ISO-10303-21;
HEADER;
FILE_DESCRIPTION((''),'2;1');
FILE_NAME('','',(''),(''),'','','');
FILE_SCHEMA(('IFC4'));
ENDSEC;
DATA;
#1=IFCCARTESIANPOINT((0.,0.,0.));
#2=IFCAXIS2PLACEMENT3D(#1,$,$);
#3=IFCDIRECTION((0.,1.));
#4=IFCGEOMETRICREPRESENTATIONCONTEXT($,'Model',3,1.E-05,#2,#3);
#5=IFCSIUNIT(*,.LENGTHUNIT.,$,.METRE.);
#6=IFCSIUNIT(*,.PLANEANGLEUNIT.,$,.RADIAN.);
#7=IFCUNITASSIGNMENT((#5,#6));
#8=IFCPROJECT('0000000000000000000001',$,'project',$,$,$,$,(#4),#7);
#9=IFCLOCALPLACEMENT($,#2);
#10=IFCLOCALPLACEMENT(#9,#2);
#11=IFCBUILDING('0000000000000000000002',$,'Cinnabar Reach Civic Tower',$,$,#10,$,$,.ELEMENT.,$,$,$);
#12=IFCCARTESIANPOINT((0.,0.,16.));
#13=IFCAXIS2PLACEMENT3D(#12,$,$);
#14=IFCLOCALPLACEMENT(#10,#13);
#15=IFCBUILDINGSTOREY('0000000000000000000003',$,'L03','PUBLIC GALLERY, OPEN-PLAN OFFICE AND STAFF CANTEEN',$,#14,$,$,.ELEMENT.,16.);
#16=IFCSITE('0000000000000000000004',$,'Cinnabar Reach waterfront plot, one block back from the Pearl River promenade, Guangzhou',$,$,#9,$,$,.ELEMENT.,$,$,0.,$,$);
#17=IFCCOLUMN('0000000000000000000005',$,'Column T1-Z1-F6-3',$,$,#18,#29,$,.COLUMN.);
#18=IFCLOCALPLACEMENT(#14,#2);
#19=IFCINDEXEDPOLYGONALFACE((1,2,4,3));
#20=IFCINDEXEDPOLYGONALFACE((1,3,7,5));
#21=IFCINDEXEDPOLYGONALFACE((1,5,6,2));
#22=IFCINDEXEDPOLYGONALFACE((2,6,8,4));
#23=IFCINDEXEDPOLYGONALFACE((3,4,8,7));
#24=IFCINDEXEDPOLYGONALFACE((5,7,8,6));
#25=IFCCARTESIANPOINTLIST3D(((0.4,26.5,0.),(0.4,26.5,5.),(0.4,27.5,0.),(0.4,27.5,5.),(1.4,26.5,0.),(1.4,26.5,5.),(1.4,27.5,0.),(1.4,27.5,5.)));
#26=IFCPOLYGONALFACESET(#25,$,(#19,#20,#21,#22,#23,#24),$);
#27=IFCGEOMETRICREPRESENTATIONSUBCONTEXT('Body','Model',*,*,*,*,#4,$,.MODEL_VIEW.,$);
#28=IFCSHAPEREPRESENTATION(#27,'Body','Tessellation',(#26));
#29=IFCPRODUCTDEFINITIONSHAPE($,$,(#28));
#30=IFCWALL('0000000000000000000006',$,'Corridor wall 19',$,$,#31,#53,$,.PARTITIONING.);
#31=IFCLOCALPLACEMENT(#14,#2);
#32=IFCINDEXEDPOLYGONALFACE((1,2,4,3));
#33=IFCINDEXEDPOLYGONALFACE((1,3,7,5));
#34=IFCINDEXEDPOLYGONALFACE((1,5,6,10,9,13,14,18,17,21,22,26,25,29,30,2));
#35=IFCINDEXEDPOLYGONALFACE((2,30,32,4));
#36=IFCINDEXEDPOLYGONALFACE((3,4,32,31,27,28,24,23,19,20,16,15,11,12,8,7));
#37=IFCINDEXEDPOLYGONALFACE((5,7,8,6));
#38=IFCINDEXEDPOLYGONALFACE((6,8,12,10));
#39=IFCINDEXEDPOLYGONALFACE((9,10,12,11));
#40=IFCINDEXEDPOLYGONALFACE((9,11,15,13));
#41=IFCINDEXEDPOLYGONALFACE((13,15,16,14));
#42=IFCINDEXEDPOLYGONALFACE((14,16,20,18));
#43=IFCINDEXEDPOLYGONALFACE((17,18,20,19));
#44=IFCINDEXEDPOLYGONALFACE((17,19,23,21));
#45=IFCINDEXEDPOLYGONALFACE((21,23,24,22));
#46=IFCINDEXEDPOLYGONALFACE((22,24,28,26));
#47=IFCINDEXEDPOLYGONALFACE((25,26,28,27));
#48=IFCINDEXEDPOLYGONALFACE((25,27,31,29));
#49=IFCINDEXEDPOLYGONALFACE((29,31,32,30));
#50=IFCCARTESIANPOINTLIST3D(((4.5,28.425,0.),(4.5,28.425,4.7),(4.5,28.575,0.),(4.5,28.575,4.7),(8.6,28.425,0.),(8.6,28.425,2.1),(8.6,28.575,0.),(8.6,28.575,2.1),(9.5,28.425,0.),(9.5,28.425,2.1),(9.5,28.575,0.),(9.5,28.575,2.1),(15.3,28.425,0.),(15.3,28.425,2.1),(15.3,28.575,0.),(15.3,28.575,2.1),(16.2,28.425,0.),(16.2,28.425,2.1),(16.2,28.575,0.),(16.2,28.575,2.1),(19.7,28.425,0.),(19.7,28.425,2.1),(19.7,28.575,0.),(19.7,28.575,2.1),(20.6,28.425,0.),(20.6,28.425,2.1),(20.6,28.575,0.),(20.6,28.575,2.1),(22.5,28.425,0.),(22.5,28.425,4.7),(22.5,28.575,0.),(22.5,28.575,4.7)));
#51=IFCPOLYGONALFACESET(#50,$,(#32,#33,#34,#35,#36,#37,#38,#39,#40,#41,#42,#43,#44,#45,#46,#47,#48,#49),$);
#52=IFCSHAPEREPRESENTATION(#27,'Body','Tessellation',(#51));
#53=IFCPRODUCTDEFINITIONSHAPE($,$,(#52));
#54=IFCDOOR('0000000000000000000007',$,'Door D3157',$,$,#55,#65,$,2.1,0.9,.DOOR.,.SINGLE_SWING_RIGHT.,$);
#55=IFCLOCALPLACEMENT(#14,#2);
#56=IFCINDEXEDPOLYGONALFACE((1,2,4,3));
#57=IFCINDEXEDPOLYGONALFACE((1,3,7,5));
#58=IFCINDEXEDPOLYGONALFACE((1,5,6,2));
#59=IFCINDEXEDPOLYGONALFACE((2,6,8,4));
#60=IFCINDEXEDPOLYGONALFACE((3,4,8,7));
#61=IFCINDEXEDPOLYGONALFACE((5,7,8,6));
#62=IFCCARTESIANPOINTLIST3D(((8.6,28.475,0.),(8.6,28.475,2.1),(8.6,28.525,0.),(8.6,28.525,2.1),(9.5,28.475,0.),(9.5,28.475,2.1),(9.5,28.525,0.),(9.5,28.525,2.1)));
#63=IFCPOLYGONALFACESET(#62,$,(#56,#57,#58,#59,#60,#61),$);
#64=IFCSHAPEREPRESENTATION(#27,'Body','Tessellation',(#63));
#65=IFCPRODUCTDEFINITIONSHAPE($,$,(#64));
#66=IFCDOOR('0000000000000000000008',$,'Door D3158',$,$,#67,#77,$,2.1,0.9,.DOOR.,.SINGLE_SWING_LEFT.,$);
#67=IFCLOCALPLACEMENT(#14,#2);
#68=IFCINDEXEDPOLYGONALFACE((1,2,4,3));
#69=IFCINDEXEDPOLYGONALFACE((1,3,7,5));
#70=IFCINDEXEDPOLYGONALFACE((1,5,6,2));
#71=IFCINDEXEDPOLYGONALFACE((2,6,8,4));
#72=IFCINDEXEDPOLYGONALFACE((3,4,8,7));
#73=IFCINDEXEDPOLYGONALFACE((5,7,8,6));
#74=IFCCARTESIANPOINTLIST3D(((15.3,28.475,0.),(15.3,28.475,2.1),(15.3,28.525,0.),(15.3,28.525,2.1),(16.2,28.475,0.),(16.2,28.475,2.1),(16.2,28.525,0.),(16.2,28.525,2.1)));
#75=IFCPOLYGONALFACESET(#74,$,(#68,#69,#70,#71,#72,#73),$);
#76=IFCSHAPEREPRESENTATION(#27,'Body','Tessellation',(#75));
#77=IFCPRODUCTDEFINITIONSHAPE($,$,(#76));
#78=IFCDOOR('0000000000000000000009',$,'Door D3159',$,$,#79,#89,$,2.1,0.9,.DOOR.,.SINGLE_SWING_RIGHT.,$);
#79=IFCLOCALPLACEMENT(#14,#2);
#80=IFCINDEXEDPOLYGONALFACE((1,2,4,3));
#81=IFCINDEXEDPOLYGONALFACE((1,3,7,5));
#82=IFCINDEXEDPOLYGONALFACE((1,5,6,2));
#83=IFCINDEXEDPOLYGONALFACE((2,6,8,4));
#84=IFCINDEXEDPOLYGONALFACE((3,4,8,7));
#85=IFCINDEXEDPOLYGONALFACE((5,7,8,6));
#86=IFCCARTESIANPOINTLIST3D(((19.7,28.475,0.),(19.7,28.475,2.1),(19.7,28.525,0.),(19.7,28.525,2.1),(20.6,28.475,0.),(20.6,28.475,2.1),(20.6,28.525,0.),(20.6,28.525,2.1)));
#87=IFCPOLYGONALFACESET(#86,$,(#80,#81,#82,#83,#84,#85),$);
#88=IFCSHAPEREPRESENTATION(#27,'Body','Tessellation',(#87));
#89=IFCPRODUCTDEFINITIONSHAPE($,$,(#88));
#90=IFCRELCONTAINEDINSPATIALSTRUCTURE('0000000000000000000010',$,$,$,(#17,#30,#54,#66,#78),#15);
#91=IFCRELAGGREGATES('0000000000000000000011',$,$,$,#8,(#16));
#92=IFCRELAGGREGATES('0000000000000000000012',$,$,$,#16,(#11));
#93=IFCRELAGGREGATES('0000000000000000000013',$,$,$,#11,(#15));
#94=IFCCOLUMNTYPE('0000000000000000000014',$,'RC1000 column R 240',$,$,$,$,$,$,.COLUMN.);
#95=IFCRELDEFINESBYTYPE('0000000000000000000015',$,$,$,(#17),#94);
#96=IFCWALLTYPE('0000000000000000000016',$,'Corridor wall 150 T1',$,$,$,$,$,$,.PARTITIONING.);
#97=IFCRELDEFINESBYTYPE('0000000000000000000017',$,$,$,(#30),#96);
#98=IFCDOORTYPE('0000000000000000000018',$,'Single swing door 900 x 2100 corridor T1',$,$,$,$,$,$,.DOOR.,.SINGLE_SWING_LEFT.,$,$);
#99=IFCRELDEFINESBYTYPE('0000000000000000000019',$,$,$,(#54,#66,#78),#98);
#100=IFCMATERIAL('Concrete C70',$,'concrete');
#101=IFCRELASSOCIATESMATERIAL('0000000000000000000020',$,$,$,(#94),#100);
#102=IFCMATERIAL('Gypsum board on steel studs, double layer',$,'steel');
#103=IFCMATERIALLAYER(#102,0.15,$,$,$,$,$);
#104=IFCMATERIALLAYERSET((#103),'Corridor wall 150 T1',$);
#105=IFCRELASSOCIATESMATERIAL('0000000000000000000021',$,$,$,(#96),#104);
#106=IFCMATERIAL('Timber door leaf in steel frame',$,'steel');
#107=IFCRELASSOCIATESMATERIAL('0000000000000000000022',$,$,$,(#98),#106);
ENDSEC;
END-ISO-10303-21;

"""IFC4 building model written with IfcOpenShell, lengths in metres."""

from ifc_helpers import new_model, si_unit, direction, frame, frame_2d, origin, origin_2d, place, context, subcontext, project, spatial, rectangle, extrude, material, layer, layer_set, material_profile, profile_set, type_object, element, fill, save


model = new_model("IFC4")

# Units and contexts
model_context = context("Model", 3, precision=1e-05, world=origin(), true_north=direction((0.0, 1.0)))
body_context = subcontext(model_context, "Body", "Model", "MODEL_VIEW")
ifc_project = project(units=[si_unit("LENGTHUNIT", "METRE"), si_unit("PLANEANGLEUNIT", "RADIAN")], contexts=[model_context])

# Site, building, storey
site_placement = place(None, origin())
site = spatial("IfcSite", under=ifc_project, at=site_placement, Name="Cinnabar Reach waterfront plot, one block back from the Pearl River promenade, Guangzhou", CompositionType="ELEMENT", RefElevation=0.0)
building_placement = place(site_placement, origin())
building = spatial("IfcBuilding", under=site, at=building_placement, Name="Cinnabar Reach Civic Tower", CompositionType="ELEMENT")
storey_placement = place(building_placement, frame((0.0, 0.0, 16.0)))
storey = spatial("IfcBuildingStorey", under=building, at=storey_placement, Name="L03", Description="PUBLIC GALLERY, OPEN-PLAN OFFICE AND STAFF CANTEEN", CompositionType="ELEMENT", Elevation=16.0)

# Column
ifc_material_1 = material(Name="Concrete C70", Category="concrete")
ifc_material_profile = material_profile(ifc_material_1, rectangle(XDim=1.0, YDim=1.0, at=origin_2d()), Name="RC1000")
ifc_profile_set = profile_set([ifc_material_profile], Name="Concrete C70")
column_type = type_object("IfcColumnType", Name="RC1000 column R 240", PredefinedType="COLUMN", material=ifc_profile_set)
column_placement = place(storey_placement, frame((0.9, 27.0, 0.0), z_axis=(0.0, 0.0, 1.0), x_axis=(1.0, 0.0, 0.0)))
element("IfcColumn", 1, at=column_placement, inside=storey, type_object=column_type, Name="Column T1-Z1-F6-3", PredefinedType="COLUMN", context=body_context, shape_type="SweptSolid", body=[
    extrude(rectangle(XDim=1.0, YDim=1.0, at=origin_2d()), origin(), (0.0, 0.0, 1.0), 5.0),
])

# Wall, openings, doors
ifc_material_2 = material(Name="Gypsum board on steel studs, double layer", Category="steel")
ifc_layer_1 = layer(ifc_material_2, 0.15)
ifc_layer_set_1 = layer_set([ifc_layer_1], Name="Corridor wall 150 T1")
wall_type_1 = type_object("IfcWallType", Name="Corridor wall 150 T1", PredefinedType="PARTITIONING", material=ifc_layer_set_1)
wall_1_placement = place(storey_placement, frame((4.5, 28.5, 0.0), z_axis=(0.0, 0.0, 1.0), x_axis=(1.0, 0.0, 0.0)))
wall_1 = element("IfcWall", 2, at=wall_1_placement, inside=storey, type_object=wall_type_1, Name="Corridor wall 19", PredefinedType="PARTITIONING", context=body_context, shape_type="SweptSolid", body=[
    extrude(rectangle(XDim=18.0, YDim=0.15, at=frame_2d((9.0, 0.0))), origin(), (0.0, 0.0, 1.0), 4.7),
])
opening_1_placement = place(wall_1_placement, frame((4.1, 0.0, 0.0)))
opening_1 = element("IfcOpeningElement", 3, at=opening_1_placement, cuts=wall_1, PredefinedType="OPENING", context=body_context, shape_type="SweptSolid", body=[
    extrude(rectangle(XDim=0.9, YDim=2.1, at=frame_2d((0.45, 1.05))), frame((0.0, 0.085, 0.0), z_axis=(0.0, -1.0, 0.0), x_axis=(1.0, 0.0, 0.0)), (0.0, 0.0, 1.0), 0.17),
])
opening_2_placement = place(wall_1_placement, frame((10.8, 0.0, 0.0)))
opening_2 = element("IfcOpeningElement", 4, at=opening_2_placement, cuts=wall_1, PredefinedType="OPENING", context=body_context, shape_type="SweptSolid", body=[
    extrude(rectangle(XDim=0.9, YDim=2.1, at=frame_2d((0.45, 1.05))), frame((0.0, 0.085, 0.0), z_axis=(0.0, -1.0, 0.0), x_axis=(1.0, 0.0, 0.0)), (0.0, 0.0, 1.0), 0.17),
])
opening_3_placement = place(wall_1_placement, frame((15.2, 0.0, 0.0)))
opening_3 = element("IfcOpeningElement", 5, at=opening_3_placement, cuts=wall_1, PredefinedType="OPENING", context=body_context, shape_type="SweptSolid", body=[
    extrude(rectangle(XDim=0.9, YDim=2.1, at=frame_2d((0.45, 1.05))), frame((0.0, 0.085, 0.0), z_axis=(0.0, -1.0, 0.0), x_axis=(1.0, 0.0, 0.0)), (0.0, 0.0, 1.0), 0.17),
])
ifc_material_3 = material(Name="Timber door leaf in steel frame", Category="steel")
door_type_1 = type_object("IfcDoorType", Name="Single swing door 900 x 2100 corridor T1", OperationType="SINGLE_SWING_LEFT", PredefinedType="DOOR", material=ifc_material_3)
door_1_placement = place(opening_1_placement, origin())
door_1 = element("IfcDoor", 6, at=door_1_placement, inside=storey, type_object=door_type_1, Name="Door D3157", OperationType="SINGLE_SWING_RIGHT", OverallHeight=2.1, OverallWidth=0.9, PredefinedType="DOOR", context=body_context, shape_type="SweptSolid", body=[
    extrude(rectangle(XDim=0.9, YDim=2.1, at=frame_2d((0.45, 1.05))), frame((0.0, 0.025, 0.0), z_axis=(0.0, -1.0, 0.0), x_axis=(1.0, 0.0, 0.0)), (0.0, 0.0, 1.0), 0.05),
])
fill(opening_1, door_1)
door_2_placement = place(opening_2_placement, origin())
door_2 = element("IfcDoor", 7, at=door_2_placement, inside=storey, type_object=door_type_1, Name="Door D3158", OperationType="SINGLE_SWING_LEFT", OverallHeight=2.1, OverallWidth=0.9, PredefinedType="DOOR", context=body_context, shape_type="SweptSolid", body=[
    extrude(rectangle(XDim=0.9, YDim=2.1, at=frame_2d((0.45, 1.05))), frame((0.0, 0.025, 0.0), z_axis=(0.0, -1.0, 0.0), x_axis=(1.0, 0.0, 0.0)), (0.0, 0.0, 1.0), 0.05),
])
fill(opening_2, door_2)
door_3_placement = place(opening_3_placement, origin())
door_3 = element("IfcDoor", 8, at=door_3_placement, inside=storey, type_object=door_type_1, Name="Door D3159", OperationType="SINGLE_SWING_RIGHT", OverallHeight=2.1, OverallWidth=0.9, PredefinedType="DOOR", context=body_context, shape_type="SweptSolid", body=[
    extrude(rectangle(XDim=0.9, YDim=2.1, at=frame_2d((0.45, 1.05))), frame((0.0, 0.025, 0.0), z_axis=(0.0, -1.0, 0.0), x_axis=(1.0, 0.0, 0.0)), (0.0, 0.0, 1.0), 0.05),
])
fill(opening_3, door_3)

save(model, "model.ifc")
